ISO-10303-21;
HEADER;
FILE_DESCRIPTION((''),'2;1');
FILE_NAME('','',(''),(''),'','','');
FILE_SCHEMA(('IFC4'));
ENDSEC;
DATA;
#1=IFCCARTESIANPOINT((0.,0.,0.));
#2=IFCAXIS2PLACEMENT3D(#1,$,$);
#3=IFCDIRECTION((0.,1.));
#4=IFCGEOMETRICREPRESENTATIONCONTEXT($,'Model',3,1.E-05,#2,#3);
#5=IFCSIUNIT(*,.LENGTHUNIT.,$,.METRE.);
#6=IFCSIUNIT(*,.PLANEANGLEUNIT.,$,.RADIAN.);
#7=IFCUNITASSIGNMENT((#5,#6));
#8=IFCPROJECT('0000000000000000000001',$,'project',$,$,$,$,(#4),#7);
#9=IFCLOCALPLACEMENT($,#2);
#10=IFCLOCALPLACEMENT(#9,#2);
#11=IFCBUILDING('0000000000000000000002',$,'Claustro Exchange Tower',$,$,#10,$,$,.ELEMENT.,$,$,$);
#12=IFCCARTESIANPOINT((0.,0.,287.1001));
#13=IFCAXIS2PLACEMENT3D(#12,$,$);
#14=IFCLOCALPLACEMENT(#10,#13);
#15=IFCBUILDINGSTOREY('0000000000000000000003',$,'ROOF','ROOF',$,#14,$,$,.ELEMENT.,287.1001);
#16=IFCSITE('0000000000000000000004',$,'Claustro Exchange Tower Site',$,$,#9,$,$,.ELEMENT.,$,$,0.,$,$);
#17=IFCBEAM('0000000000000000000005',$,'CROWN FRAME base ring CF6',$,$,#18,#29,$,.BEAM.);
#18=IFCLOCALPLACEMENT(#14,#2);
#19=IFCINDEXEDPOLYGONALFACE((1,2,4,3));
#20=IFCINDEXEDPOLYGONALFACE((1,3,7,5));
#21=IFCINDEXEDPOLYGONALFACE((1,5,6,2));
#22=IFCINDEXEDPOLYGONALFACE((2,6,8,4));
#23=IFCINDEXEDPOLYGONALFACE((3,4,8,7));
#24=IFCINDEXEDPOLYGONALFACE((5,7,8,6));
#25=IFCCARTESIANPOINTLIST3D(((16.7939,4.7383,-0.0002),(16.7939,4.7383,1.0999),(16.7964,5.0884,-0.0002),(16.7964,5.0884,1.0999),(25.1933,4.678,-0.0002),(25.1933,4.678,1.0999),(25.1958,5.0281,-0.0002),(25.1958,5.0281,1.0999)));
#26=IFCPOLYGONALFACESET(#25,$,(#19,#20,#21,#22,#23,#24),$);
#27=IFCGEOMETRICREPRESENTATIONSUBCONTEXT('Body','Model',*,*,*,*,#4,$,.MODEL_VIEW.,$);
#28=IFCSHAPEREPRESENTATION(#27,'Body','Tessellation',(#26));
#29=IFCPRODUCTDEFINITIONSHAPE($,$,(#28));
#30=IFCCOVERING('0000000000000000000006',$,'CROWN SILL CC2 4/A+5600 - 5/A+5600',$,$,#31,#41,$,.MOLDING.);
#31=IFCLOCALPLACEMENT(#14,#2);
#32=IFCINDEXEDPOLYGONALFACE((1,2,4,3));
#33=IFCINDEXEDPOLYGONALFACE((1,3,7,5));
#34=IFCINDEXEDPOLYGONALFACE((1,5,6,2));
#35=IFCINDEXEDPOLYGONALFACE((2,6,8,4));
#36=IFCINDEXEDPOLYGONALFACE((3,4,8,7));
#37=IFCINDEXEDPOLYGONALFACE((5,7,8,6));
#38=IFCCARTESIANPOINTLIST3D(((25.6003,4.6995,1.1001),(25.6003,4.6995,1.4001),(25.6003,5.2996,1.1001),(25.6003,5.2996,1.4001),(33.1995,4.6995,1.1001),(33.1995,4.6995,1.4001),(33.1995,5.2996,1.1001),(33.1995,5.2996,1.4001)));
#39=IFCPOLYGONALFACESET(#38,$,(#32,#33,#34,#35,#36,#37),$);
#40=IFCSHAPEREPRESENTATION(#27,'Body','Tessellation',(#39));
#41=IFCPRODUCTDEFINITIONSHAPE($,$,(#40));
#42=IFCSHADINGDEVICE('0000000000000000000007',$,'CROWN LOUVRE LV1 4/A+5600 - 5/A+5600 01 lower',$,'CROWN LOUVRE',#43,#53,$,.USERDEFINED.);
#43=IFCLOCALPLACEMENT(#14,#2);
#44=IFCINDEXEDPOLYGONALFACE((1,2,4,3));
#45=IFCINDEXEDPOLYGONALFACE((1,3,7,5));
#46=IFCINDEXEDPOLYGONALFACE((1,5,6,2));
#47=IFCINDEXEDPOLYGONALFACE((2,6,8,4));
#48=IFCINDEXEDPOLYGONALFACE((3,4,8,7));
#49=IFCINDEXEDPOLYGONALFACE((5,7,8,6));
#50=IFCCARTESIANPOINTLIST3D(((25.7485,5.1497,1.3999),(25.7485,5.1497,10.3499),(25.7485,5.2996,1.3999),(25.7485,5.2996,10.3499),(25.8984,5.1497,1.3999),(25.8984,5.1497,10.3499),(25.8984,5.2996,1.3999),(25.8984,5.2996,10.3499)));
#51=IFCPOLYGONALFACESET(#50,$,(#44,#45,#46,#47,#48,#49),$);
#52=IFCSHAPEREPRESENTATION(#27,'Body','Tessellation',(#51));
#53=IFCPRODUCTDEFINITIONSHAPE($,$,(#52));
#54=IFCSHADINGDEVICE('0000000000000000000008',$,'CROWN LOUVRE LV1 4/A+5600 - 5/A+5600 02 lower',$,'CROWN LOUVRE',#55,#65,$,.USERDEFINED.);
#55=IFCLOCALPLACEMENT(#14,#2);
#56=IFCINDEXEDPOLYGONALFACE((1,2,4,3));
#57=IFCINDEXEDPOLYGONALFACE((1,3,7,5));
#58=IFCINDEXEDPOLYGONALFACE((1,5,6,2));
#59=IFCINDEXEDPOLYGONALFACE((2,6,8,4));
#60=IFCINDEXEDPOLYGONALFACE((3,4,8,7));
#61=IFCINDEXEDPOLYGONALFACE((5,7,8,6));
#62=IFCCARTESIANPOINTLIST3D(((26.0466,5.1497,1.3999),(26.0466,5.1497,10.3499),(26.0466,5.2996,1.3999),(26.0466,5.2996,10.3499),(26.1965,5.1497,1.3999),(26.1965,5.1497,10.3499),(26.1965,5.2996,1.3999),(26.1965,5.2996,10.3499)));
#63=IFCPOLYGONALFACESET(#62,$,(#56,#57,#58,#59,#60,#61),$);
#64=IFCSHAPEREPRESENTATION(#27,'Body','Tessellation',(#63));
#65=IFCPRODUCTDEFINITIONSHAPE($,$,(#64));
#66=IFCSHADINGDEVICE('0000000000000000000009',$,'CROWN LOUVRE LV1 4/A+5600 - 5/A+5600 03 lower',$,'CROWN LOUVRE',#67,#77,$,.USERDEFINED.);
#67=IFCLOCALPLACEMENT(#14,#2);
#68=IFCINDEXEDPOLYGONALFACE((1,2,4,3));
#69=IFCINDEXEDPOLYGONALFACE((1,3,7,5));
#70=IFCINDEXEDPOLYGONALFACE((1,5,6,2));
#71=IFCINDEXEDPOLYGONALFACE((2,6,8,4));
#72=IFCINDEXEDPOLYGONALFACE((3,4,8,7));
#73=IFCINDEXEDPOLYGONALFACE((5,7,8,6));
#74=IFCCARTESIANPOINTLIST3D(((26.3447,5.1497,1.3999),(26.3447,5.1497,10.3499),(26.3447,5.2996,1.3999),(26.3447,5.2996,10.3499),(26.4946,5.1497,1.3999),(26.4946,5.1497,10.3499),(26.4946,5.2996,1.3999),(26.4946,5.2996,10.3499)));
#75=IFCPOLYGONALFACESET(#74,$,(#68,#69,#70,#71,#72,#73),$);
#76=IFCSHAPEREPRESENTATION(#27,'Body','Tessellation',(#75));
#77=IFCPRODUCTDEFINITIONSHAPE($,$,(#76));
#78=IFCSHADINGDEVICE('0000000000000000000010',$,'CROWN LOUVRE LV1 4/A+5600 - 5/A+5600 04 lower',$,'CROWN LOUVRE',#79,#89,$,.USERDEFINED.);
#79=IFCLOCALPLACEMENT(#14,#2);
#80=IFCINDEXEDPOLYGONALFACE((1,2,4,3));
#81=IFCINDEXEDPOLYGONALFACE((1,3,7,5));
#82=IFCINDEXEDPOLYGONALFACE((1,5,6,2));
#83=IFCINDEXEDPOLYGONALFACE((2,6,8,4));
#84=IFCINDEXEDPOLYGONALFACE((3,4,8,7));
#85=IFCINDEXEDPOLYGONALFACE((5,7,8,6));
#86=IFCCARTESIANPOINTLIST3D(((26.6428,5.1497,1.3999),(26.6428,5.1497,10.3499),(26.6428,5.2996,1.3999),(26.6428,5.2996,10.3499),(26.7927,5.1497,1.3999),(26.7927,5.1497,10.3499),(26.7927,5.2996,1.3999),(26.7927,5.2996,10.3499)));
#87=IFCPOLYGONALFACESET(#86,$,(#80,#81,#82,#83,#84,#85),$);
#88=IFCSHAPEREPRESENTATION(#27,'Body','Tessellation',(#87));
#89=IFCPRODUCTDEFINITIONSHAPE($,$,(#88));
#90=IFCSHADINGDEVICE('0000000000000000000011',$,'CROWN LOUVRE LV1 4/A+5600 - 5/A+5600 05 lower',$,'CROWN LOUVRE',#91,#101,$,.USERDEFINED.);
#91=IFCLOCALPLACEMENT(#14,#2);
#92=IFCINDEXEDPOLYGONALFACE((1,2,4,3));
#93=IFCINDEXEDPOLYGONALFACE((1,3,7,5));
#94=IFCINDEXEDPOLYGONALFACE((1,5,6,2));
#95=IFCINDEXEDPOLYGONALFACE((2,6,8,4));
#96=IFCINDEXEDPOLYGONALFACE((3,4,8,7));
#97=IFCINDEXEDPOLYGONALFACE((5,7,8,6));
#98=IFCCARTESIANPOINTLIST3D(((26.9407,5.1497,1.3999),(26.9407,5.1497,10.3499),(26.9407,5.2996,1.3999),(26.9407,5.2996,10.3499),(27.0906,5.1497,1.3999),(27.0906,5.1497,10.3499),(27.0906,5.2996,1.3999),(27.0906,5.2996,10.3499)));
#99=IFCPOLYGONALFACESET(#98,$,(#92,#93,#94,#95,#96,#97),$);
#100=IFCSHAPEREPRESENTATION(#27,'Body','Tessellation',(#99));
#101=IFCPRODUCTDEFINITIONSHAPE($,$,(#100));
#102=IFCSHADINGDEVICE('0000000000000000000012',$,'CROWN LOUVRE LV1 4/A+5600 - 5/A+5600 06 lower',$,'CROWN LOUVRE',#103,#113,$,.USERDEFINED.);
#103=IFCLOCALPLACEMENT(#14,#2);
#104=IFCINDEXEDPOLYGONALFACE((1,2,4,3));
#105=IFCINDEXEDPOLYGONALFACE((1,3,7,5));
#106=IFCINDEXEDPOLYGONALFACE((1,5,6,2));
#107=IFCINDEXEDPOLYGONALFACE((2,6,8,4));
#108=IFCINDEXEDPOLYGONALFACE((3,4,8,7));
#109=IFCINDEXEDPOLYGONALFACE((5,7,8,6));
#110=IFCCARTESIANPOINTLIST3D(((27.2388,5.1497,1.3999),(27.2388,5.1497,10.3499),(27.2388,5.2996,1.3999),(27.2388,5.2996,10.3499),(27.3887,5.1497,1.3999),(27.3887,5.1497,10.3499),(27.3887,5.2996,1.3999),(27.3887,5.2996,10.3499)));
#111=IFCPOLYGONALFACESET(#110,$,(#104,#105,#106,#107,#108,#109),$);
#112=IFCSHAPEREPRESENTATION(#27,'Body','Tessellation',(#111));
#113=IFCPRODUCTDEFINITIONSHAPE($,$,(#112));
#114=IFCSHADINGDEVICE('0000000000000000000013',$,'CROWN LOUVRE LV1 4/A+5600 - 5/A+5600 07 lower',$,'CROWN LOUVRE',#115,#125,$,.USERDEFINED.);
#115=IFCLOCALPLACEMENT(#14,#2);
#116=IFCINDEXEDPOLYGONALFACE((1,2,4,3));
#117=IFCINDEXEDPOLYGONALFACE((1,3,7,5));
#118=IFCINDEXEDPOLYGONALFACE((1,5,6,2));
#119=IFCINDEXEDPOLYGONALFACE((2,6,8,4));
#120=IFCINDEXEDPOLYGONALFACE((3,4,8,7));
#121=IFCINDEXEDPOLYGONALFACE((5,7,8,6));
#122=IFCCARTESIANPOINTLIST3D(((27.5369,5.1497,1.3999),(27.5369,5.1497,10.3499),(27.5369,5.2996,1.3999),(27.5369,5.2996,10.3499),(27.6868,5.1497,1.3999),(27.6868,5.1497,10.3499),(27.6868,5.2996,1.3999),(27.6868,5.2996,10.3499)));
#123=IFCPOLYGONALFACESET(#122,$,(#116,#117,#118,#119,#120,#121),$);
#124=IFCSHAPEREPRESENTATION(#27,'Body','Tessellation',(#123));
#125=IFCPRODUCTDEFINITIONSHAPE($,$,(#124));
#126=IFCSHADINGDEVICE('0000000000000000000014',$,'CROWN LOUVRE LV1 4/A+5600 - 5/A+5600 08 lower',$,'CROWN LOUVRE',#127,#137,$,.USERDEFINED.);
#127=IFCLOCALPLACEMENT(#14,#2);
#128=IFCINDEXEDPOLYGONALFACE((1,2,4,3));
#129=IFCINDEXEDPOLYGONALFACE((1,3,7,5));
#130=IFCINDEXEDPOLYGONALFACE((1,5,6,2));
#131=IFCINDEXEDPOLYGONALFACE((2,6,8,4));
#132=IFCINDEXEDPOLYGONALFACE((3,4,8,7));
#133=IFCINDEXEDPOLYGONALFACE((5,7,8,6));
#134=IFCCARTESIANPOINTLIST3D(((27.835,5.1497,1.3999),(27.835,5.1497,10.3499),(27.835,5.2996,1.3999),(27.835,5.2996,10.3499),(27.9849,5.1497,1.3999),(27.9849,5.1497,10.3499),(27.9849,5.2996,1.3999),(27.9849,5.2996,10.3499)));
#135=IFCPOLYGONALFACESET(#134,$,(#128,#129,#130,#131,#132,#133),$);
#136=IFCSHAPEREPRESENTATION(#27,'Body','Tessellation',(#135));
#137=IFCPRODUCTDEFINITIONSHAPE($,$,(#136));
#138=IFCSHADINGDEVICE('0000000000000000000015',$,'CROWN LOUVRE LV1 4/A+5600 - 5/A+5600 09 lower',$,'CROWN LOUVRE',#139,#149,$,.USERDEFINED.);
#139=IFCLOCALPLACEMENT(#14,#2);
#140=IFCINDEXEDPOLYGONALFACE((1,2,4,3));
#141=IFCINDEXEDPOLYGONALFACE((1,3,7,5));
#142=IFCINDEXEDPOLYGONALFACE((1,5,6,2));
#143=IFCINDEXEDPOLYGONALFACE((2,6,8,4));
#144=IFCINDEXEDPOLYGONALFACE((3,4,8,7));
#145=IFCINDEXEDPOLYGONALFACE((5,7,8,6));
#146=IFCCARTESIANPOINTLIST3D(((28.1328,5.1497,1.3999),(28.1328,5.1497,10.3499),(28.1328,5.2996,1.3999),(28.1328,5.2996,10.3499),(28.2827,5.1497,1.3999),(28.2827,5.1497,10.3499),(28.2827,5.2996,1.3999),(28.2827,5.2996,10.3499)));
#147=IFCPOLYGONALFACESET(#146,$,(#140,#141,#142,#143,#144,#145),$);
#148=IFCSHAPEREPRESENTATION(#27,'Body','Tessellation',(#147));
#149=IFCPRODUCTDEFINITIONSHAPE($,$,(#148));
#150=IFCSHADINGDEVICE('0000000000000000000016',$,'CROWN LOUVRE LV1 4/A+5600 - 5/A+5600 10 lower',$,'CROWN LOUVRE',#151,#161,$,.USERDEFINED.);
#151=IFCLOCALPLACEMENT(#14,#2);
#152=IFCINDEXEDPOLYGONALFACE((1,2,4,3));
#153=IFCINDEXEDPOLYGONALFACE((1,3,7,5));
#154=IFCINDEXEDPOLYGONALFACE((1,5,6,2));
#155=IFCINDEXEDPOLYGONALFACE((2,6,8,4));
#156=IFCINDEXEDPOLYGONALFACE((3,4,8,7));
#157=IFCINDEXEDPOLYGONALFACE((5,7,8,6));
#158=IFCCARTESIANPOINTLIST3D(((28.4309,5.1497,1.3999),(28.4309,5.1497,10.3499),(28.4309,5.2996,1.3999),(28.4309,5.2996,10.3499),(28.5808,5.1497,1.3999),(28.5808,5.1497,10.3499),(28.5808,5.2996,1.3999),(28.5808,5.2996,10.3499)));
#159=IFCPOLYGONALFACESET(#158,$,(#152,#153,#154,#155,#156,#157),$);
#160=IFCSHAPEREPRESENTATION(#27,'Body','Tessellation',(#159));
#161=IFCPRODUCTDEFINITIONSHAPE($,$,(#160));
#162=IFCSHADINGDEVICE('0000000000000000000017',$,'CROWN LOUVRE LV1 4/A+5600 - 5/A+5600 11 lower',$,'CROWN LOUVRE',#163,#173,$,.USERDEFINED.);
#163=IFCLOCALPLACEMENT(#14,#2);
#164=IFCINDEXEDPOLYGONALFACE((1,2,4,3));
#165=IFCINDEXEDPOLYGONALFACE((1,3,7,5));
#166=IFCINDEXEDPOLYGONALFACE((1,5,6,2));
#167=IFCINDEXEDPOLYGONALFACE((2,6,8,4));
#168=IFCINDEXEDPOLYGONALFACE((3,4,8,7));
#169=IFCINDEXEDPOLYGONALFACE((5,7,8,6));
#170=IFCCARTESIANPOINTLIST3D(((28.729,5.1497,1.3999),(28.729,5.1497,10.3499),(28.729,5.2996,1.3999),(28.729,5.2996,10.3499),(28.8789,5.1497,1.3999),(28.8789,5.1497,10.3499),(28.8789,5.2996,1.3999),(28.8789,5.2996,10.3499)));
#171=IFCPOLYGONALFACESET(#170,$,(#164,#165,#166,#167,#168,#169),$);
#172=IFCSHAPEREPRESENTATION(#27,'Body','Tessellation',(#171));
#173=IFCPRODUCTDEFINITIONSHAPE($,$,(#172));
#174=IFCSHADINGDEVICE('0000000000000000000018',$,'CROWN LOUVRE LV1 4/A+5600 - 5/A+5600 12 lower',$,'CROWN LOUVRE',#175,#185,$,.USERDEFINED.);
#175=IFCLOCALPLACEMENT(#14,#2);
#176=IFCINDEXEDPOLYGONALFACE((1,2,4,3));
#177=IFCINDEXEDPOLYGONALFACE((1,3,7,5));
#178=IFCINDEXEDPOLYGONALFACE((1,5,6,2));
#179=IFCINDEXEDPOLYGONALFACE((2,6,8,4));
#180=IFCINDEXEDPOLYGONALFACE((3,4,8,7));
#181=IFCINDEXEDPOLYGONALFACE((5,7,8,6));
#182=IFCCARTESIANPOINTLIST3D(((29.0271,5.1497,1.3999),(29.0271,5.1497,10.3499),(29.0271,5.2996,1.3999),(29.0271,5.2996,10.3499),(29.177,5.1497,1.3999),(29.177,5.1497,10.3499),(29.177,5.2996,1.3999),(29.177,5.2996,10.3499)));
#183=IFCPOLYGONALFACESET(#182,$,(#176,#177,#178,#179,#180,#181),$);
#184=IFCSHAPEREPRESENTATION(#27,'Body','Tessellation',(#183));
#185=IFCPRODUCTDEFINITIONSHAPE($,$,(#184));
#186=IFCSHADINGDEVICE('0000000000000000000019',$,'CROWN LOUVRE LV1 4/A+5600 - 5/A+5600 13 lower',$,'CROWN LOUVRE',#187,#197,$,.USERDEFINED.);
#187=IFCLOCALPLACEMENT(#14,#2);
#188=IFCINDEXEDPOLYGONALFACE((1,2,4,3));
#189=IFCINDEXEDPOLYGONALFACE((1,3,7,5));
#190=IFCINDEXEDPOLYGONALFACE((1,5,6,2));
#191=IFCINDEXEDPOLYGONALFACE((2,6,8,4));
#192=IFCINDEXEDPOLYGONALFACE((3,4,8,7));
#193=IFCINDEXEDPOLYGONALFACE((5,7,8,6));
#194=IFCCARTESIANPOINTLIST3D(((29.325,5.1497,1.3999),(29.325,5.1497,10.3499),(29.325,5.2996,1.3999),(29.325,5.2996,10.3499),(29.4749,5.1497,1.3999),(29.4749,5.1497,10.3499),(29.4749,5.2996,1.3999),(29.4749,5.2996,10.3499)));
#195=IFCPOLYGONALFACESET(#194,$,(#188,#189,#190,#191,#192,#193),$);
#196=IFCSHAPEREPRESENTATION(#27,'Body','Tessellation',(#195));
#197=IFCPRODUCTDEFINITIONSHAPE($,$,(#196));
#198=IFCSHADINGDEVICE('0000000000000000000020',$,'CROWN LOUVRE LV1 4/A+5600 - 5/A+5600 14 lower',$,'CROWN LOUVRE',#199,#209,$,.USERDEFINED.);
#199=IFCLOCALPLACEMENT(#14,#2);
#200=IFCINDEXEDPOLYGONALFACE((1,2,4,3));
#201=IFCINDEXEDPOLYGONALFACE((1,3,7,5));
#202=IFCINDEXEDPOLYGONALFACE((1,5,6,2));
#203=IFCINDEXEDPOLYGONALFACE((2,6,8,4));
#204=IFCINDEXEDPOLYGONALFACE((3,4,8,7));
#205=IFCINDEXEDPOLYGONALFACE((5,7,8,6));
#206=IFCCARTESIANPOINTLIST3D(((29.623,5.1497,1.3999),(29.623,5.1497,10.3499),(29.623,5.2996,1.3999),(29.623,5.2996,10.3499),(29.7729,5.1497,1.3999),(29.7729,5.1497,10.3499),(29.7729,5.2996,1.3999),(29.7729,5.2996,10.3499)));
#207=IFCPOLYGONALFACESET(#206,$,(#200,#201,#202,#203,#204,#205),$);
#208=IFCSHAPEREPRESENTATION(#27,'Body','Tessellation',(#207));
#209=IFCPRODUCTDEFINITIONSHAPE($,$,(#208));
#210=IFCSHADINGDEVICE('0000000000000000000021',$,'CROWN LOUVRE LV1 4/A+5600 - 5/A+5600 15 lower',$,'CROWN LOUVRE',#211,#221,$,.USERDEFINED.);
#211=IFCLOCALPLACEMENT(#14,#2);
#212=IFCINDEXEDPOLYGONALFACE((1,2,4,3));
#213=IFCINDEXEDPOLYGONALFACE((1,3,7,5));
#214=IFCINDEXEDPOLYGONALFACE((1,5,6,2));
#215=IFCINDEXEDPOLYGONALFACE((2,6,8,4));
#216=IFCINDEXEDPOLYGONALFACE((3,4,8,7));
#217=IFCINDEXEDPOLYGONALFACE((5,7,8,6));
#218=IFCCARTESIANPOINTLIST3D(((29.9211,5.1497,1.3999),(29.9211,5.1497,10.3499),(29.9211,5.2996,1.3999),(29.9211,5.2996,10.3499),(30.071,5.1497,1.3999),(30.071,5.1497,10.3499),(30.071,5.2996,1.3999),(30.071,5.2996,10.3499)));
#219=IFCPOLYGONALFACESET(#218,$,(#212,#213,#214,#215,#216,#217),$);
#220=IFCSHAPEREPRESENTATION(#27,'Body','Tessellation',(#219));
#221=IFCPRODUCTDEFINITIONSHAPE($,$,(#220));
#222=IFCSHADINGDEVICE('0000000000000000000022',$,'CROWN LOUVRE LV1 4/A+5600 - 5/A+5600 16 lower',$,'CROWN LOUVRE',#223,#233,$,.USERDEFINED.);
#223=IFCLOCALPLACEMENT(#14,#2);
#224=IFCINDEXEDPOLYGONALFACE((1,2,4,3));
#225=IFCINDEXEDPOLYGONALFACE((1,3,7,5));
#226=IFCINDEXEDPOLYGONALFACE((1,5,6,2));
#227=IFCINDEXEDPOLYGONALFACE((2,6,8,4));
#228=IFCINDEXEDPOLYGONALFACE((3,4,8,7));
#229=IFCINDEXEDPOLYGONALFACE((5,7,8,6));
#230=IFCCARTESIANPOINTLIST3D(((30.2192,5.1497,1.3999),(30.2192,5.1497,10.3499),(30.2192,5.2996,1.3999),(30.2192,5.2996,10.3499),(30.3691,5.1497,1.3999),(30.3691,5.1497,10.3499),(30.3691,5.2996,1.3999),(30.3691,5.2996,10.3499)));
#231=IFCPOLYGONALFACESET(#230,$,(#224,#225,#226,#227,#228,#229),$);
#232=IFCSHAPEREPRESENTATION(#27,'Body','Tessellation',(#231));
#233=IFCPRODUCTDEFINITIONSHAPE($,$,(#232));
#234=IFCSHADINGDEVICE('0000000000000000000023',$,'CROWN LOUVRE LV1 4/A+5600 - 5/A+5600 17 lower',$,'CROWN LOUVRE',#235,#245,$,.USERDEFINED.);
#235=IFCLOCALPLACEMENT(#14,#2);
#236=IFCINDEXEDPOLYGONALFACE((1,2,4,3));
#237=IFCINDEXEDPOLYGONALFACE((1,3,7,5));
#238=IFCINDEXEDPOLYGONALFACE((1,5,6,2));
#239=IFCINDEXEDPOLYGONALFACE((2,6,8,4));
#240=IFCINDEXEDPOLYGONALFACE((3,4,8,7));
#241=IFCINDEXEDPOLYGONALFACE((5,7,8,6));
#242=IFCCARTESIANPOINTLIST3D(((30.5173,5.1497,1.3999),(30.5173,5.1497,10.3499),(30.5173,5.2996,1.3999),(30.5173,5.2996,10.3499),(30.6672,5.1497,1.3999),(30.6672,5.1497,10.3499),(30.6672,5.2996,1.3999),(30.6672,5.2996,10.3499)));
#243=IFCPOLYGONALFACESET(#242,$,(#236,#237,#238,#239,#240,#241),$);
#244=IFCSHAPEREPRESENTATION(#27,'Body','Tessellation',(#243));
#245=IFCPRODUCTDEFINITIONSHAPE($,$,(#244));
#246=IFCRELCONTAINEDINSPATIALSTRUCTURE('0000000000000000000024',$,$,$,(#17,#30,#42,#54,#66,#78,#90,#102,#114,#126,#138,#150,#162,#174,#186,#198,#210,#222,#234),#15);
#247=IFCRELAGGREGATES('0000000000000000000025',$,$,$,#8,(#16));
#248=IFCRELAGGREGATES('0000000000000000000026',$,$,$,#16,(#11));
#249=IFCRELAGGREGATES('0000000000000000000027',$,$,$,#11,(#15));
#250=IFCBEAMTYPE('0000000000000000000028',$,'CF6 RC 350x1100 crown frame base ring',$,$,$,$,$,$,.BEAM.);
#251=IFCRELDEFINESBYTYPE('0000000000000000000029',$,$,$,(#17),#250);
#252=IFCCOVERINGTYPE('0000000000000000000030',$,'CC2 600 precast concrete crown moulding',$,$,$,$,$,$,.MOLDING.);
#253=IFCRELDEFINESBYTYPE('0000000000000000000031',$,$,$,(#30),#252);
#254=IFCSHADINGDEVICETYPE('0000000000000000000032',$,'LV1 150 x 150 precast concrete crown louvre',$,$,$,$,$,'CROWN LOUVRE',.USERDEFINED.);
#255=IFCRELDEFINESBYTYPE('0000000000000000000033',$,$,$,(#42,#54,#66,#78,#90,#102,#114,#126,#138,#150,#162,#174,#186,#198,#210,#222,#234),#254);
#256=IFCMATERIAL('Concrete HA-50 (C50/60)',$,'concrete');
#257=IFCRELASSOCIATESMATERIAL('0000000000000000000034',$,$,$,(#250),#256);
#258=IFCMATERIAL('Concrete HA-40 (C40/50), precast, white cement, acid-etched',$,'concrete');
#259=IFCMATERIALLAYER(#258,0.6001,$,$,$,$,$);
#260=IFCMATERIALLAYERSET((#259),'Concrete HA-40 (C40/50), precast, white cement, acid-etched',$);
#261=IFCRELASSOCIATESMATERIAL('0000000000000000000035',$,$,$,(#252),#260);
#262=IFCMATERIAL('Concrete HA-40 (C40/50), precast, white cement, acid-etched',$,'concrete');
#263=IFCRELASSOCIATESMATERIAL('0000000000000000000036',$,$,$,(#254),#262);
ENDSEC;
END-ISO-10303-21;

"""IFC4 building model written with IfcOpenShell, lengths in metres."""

from ifc_helpers import new_model, si_unit, direction, frame, origin, origin_2d, place, context, subcontext, project, spatial, rectangle, extrude, material, layer, layer_set, material_profile, profile_set, type_object, element, save


model = new_model("IFC4")

# Units and contexts
model_context = context("Model", 3, precision=1e-05, world=origin(), true_north=direction((0.0, 1.0)))
body_context = subcontext(model_context, "Body", "Model", "MODEL_VIEW")
ifc_project = project(units=[si_unit("LENGTHUNIT", "METRE"), si_unit("PLANEANGLEUNIT", "RADIAN")], contexts=[model_context])

# Site, building, storey
site_placement = place(None, origin())
site = spatial("IfcSite", under=ifc_project, at=site_placement, Name="Claustro Exchange Tower Site", CompositionType="ELEMENT", RefElevation=0.0)
building_placement = place(site_placement, origin())
building = spatial("IfcBuilding", under=site, at=building_placement, Name="Claustro Exchange Tower", CompositionType="ELEMENT")
storey_placement = place(building_placement, frame((0.0, 0.0, 287.1001)))
storey = spatial("IfcBuildingStorey", under=building, at=storey_placement, Name="ROOF", Description="ROOF", CompositionType="ELEMENT", Elevation=287.1001)

# Beam
ifc_material_1 = material(Name="Concrete HA-50 (C50/60)", Category="concrete")
ifc_material_profile = material_profile(ifc_material_1, rectangle(XDim=0.3501, YDim=1.1001, at=origin_2d()), Name="RC 350x1100")
ifc_profile_set = profile_set([ifc_material_profile], Name="Concrete HA-50 (C50/60)")
beam_type = type_object("IfcBeamType", Name="CF6 RC 350x1100 crown frame base ring", PredefinedType="BEAM", material=ifc_profile_set)
beam_placement = place(storey_placement, frame((25.1946, 4.853, 0.5498), z_axis=(-0.999974, 0.007179, 0.0), x_axis=(-0.007179, -0.999974, 0.0)))
element("IfcBeam", 1, at=beam_placement, inside=storey, type_object=beam_type, Name="CROWN FRAME base ring CF6", PredefinedType="BEAM", context=body_context, shape_type="SweptSolid", body=[
    extrude(rectangle(XDim=0.3501, YDim=1.1001, at=origin_2d()), origin(), (0.0, 0.0, 1.0), 8.3997),
])

# Covering
ifc_material_2 = material(Name="Concrete HA-40 (C40/50), precast, white cement, acid-etched", Category="concrete")
ifc_layer = layer(ifc_material_2, 0.6001)
ifc_layer_set = layer_set([ifc_layer], Name="Concrete HA-40 (C40/50), precast, white cement, acid-etched")
covering_type = type_object("IfcCoveringType", Name="CC2 600 precast concrete crown moulding", PredefinedType="MOLDING", material=ifc_layer_set)
covering_placement = place(storey_placement, frame((29.3999, 4.9995, 1.1001), z_axis=(0.0, 0.0, 1.0), x_axis=(1.0, 0.0, 0.0)))
element("IfcCovering", 2, at=covering_placement, inside=storey, type_object=covering_type, Name="CROWN SILL CC2 4/A+5600 - 5/A+5600", PredefinedType="MOLDING", context=body_context, shape_type="SweptSolid", body=[
    extrude(rectangle(XDim=7.5991, YDim=0.6001, at=origin_2d()), origin(), (0.0, 0.0, 1.0), 0.3),
])

# Shading devices
ifc_material_3 = material(Name="Concrete HA-40 (C40/50), precast, white cement, acid-etched", Category="concrete")
shading_device_type = type_object("IfcShadingDeviceType", Name="LV1 150 x 150 precast concrete crown louvre", ElementType="CROWN LOUVRE", PredefinedType="USERDEFINED", material=ifc_material_3)
for number, where, z_axis, x_axis, name in (
    (3, (25.8235, 5.2246, 1.3999), (0.0, 0.0, 1.0), (1.0, 0.0, 0.0), "CROWN LOUVRE LV1 4/A+5600 - 5/A+5600 01 lower"),
    (4, (26.1216, 5.2246, 1.3999), (0.0, 0.0, 1.0), (1.0, 0.0, 0.0), "CROWN LOUVRE LV1 4/A+5600 - 5/A+5600 02 lower"),
    (5, (26.4197, 5.2246, 1.3999), (0.0, 0.0, 1.0), (1.0, 0.0, 0.0), "CROWN LOUVRE LV1 4/A+5600 - 5/A+5600 03 lower"),
    (6, (26.7178, 5.2246, 1.3999), (0.0, 0.0, 1.0), (1.0, 0.0, 0.0), "CROWN LOUVRE LV1 4/A+5600 - 5/A+5600 04 lower"),
    (7, (27.0156, 5.2246, 1.3999), (0.0, 0.0, 1.0), (1.0, 0.0, 0.0), "CROWN LOUVRE LV1 4/A+5600 - 5/A+5600 05 lower"),
    (8, (27.3137, 5.2246, 1.3999), (0.0, 0.0, 1.0), (1.0, 0.0, 0.0), "CROWN LOUVRE LV1 4/A+5600 - 5/A+5600 06 lower"),
    (9, (27.6118, 5.2246, 1.3999), (0.0, 0.0, 1.0), (1.0, 0.0, 0.0), "CROWN LOUVRE LV1 4/A+5600 - 5/A+5600 07 lower"),
    (10, (27.9099, 5.2246, 1.3999), (0.0, 0.0, 1.0), (1.0, 0.0, 0.0), "CROWN LOUVRE LV1 4/A+5600 - 5/A+5600 08 lower"),
    (11, (28.2078, 5.2246, 1.3999), (0.0, 0.0, 1.0), (1.0, 0.0, 0.0), "CROWN LOUVRE LV1 4/A+5600 - 5/A+5600 09 lower"),
    (12, (28.5059, 5.2246, 1.3999), (0.0, 0.0, 1.0), (1.0, 0.0, 0.0), "CROWN LOUVRE LV1 4/A+5600 - 5/A+5600 10 lower"),
    (13, (28.804, 5.2246, 1.3999), (0.0, 0.0, 1.0), (1.0, 0.0, 0.0), "CROWN LOUVRE LV1 4/A+5600 - 5/A+5600 11 lower"),
    (14, (29.1021, 5.2246, 1.3999), (0.0, 0.0, 1.0), (1.0, 0.0, 0.0), "CROWN LOUVRE LV1 4/A+5600 - 5/A+5600 12 lower"),
    (15, (29.3999, 5.2246, 1.3999), (0.0, 0.0, 1.0), (1.0, 0.0, 0.0), "CROWN LOUVRE LV1 4/A+5600 - 5/A+5600 13 lower"),
    (16, (29.698, 5.2246, 1.3999), (0.0, 0.0, 1.0), (1.0, 0.0, 0.0), "CROWN LOUVRE LV1 4/A+5600 - 5/A+5600 14 lower"),
    (17, (29.9961, 5.2246, 1.3999), (0.0, 0.0, 1.0), (1.0, 0.0, 0.0), "CROWN LOUVRE LV1 4/A+5600 - 5/A+5600 15 lower"),
    (18, (30.2942, 5.2246, 1.3999), (0.0, 0.0, 1.0), (1.0, 0.0, 0.0), "CROWN LOUVRE LV1 4/A+5600 - 5/A+5600 16 lower"),
    (19, (30.5923, 5.2246, 1.3999), (0.0, 0.0, 1.0), (1.0, 0.0, 0.0), "CROWN LOUVRE LV1 4/A+5600 - 5/A+5600 17 lower"),
):
    element("IfcShadingDevice", number, at=place(storey_placement, frame(where, z_axis=z_axis, x_axis=x_axis)), inside=storey, type_object=shading_device_type, Name=name, ObjectType="CROWN LOUVRE", PredefinedType="USERDEFINED", context=body_context, shape_type="SweptSolid", body=[
        extrude(rectangle(XDim=0.1499, YDim=0.1499, at=origin_2d()), origin(), (0.0, 0.0, 1.0), 8.95),
    ])

save(model, "model.ifc")
